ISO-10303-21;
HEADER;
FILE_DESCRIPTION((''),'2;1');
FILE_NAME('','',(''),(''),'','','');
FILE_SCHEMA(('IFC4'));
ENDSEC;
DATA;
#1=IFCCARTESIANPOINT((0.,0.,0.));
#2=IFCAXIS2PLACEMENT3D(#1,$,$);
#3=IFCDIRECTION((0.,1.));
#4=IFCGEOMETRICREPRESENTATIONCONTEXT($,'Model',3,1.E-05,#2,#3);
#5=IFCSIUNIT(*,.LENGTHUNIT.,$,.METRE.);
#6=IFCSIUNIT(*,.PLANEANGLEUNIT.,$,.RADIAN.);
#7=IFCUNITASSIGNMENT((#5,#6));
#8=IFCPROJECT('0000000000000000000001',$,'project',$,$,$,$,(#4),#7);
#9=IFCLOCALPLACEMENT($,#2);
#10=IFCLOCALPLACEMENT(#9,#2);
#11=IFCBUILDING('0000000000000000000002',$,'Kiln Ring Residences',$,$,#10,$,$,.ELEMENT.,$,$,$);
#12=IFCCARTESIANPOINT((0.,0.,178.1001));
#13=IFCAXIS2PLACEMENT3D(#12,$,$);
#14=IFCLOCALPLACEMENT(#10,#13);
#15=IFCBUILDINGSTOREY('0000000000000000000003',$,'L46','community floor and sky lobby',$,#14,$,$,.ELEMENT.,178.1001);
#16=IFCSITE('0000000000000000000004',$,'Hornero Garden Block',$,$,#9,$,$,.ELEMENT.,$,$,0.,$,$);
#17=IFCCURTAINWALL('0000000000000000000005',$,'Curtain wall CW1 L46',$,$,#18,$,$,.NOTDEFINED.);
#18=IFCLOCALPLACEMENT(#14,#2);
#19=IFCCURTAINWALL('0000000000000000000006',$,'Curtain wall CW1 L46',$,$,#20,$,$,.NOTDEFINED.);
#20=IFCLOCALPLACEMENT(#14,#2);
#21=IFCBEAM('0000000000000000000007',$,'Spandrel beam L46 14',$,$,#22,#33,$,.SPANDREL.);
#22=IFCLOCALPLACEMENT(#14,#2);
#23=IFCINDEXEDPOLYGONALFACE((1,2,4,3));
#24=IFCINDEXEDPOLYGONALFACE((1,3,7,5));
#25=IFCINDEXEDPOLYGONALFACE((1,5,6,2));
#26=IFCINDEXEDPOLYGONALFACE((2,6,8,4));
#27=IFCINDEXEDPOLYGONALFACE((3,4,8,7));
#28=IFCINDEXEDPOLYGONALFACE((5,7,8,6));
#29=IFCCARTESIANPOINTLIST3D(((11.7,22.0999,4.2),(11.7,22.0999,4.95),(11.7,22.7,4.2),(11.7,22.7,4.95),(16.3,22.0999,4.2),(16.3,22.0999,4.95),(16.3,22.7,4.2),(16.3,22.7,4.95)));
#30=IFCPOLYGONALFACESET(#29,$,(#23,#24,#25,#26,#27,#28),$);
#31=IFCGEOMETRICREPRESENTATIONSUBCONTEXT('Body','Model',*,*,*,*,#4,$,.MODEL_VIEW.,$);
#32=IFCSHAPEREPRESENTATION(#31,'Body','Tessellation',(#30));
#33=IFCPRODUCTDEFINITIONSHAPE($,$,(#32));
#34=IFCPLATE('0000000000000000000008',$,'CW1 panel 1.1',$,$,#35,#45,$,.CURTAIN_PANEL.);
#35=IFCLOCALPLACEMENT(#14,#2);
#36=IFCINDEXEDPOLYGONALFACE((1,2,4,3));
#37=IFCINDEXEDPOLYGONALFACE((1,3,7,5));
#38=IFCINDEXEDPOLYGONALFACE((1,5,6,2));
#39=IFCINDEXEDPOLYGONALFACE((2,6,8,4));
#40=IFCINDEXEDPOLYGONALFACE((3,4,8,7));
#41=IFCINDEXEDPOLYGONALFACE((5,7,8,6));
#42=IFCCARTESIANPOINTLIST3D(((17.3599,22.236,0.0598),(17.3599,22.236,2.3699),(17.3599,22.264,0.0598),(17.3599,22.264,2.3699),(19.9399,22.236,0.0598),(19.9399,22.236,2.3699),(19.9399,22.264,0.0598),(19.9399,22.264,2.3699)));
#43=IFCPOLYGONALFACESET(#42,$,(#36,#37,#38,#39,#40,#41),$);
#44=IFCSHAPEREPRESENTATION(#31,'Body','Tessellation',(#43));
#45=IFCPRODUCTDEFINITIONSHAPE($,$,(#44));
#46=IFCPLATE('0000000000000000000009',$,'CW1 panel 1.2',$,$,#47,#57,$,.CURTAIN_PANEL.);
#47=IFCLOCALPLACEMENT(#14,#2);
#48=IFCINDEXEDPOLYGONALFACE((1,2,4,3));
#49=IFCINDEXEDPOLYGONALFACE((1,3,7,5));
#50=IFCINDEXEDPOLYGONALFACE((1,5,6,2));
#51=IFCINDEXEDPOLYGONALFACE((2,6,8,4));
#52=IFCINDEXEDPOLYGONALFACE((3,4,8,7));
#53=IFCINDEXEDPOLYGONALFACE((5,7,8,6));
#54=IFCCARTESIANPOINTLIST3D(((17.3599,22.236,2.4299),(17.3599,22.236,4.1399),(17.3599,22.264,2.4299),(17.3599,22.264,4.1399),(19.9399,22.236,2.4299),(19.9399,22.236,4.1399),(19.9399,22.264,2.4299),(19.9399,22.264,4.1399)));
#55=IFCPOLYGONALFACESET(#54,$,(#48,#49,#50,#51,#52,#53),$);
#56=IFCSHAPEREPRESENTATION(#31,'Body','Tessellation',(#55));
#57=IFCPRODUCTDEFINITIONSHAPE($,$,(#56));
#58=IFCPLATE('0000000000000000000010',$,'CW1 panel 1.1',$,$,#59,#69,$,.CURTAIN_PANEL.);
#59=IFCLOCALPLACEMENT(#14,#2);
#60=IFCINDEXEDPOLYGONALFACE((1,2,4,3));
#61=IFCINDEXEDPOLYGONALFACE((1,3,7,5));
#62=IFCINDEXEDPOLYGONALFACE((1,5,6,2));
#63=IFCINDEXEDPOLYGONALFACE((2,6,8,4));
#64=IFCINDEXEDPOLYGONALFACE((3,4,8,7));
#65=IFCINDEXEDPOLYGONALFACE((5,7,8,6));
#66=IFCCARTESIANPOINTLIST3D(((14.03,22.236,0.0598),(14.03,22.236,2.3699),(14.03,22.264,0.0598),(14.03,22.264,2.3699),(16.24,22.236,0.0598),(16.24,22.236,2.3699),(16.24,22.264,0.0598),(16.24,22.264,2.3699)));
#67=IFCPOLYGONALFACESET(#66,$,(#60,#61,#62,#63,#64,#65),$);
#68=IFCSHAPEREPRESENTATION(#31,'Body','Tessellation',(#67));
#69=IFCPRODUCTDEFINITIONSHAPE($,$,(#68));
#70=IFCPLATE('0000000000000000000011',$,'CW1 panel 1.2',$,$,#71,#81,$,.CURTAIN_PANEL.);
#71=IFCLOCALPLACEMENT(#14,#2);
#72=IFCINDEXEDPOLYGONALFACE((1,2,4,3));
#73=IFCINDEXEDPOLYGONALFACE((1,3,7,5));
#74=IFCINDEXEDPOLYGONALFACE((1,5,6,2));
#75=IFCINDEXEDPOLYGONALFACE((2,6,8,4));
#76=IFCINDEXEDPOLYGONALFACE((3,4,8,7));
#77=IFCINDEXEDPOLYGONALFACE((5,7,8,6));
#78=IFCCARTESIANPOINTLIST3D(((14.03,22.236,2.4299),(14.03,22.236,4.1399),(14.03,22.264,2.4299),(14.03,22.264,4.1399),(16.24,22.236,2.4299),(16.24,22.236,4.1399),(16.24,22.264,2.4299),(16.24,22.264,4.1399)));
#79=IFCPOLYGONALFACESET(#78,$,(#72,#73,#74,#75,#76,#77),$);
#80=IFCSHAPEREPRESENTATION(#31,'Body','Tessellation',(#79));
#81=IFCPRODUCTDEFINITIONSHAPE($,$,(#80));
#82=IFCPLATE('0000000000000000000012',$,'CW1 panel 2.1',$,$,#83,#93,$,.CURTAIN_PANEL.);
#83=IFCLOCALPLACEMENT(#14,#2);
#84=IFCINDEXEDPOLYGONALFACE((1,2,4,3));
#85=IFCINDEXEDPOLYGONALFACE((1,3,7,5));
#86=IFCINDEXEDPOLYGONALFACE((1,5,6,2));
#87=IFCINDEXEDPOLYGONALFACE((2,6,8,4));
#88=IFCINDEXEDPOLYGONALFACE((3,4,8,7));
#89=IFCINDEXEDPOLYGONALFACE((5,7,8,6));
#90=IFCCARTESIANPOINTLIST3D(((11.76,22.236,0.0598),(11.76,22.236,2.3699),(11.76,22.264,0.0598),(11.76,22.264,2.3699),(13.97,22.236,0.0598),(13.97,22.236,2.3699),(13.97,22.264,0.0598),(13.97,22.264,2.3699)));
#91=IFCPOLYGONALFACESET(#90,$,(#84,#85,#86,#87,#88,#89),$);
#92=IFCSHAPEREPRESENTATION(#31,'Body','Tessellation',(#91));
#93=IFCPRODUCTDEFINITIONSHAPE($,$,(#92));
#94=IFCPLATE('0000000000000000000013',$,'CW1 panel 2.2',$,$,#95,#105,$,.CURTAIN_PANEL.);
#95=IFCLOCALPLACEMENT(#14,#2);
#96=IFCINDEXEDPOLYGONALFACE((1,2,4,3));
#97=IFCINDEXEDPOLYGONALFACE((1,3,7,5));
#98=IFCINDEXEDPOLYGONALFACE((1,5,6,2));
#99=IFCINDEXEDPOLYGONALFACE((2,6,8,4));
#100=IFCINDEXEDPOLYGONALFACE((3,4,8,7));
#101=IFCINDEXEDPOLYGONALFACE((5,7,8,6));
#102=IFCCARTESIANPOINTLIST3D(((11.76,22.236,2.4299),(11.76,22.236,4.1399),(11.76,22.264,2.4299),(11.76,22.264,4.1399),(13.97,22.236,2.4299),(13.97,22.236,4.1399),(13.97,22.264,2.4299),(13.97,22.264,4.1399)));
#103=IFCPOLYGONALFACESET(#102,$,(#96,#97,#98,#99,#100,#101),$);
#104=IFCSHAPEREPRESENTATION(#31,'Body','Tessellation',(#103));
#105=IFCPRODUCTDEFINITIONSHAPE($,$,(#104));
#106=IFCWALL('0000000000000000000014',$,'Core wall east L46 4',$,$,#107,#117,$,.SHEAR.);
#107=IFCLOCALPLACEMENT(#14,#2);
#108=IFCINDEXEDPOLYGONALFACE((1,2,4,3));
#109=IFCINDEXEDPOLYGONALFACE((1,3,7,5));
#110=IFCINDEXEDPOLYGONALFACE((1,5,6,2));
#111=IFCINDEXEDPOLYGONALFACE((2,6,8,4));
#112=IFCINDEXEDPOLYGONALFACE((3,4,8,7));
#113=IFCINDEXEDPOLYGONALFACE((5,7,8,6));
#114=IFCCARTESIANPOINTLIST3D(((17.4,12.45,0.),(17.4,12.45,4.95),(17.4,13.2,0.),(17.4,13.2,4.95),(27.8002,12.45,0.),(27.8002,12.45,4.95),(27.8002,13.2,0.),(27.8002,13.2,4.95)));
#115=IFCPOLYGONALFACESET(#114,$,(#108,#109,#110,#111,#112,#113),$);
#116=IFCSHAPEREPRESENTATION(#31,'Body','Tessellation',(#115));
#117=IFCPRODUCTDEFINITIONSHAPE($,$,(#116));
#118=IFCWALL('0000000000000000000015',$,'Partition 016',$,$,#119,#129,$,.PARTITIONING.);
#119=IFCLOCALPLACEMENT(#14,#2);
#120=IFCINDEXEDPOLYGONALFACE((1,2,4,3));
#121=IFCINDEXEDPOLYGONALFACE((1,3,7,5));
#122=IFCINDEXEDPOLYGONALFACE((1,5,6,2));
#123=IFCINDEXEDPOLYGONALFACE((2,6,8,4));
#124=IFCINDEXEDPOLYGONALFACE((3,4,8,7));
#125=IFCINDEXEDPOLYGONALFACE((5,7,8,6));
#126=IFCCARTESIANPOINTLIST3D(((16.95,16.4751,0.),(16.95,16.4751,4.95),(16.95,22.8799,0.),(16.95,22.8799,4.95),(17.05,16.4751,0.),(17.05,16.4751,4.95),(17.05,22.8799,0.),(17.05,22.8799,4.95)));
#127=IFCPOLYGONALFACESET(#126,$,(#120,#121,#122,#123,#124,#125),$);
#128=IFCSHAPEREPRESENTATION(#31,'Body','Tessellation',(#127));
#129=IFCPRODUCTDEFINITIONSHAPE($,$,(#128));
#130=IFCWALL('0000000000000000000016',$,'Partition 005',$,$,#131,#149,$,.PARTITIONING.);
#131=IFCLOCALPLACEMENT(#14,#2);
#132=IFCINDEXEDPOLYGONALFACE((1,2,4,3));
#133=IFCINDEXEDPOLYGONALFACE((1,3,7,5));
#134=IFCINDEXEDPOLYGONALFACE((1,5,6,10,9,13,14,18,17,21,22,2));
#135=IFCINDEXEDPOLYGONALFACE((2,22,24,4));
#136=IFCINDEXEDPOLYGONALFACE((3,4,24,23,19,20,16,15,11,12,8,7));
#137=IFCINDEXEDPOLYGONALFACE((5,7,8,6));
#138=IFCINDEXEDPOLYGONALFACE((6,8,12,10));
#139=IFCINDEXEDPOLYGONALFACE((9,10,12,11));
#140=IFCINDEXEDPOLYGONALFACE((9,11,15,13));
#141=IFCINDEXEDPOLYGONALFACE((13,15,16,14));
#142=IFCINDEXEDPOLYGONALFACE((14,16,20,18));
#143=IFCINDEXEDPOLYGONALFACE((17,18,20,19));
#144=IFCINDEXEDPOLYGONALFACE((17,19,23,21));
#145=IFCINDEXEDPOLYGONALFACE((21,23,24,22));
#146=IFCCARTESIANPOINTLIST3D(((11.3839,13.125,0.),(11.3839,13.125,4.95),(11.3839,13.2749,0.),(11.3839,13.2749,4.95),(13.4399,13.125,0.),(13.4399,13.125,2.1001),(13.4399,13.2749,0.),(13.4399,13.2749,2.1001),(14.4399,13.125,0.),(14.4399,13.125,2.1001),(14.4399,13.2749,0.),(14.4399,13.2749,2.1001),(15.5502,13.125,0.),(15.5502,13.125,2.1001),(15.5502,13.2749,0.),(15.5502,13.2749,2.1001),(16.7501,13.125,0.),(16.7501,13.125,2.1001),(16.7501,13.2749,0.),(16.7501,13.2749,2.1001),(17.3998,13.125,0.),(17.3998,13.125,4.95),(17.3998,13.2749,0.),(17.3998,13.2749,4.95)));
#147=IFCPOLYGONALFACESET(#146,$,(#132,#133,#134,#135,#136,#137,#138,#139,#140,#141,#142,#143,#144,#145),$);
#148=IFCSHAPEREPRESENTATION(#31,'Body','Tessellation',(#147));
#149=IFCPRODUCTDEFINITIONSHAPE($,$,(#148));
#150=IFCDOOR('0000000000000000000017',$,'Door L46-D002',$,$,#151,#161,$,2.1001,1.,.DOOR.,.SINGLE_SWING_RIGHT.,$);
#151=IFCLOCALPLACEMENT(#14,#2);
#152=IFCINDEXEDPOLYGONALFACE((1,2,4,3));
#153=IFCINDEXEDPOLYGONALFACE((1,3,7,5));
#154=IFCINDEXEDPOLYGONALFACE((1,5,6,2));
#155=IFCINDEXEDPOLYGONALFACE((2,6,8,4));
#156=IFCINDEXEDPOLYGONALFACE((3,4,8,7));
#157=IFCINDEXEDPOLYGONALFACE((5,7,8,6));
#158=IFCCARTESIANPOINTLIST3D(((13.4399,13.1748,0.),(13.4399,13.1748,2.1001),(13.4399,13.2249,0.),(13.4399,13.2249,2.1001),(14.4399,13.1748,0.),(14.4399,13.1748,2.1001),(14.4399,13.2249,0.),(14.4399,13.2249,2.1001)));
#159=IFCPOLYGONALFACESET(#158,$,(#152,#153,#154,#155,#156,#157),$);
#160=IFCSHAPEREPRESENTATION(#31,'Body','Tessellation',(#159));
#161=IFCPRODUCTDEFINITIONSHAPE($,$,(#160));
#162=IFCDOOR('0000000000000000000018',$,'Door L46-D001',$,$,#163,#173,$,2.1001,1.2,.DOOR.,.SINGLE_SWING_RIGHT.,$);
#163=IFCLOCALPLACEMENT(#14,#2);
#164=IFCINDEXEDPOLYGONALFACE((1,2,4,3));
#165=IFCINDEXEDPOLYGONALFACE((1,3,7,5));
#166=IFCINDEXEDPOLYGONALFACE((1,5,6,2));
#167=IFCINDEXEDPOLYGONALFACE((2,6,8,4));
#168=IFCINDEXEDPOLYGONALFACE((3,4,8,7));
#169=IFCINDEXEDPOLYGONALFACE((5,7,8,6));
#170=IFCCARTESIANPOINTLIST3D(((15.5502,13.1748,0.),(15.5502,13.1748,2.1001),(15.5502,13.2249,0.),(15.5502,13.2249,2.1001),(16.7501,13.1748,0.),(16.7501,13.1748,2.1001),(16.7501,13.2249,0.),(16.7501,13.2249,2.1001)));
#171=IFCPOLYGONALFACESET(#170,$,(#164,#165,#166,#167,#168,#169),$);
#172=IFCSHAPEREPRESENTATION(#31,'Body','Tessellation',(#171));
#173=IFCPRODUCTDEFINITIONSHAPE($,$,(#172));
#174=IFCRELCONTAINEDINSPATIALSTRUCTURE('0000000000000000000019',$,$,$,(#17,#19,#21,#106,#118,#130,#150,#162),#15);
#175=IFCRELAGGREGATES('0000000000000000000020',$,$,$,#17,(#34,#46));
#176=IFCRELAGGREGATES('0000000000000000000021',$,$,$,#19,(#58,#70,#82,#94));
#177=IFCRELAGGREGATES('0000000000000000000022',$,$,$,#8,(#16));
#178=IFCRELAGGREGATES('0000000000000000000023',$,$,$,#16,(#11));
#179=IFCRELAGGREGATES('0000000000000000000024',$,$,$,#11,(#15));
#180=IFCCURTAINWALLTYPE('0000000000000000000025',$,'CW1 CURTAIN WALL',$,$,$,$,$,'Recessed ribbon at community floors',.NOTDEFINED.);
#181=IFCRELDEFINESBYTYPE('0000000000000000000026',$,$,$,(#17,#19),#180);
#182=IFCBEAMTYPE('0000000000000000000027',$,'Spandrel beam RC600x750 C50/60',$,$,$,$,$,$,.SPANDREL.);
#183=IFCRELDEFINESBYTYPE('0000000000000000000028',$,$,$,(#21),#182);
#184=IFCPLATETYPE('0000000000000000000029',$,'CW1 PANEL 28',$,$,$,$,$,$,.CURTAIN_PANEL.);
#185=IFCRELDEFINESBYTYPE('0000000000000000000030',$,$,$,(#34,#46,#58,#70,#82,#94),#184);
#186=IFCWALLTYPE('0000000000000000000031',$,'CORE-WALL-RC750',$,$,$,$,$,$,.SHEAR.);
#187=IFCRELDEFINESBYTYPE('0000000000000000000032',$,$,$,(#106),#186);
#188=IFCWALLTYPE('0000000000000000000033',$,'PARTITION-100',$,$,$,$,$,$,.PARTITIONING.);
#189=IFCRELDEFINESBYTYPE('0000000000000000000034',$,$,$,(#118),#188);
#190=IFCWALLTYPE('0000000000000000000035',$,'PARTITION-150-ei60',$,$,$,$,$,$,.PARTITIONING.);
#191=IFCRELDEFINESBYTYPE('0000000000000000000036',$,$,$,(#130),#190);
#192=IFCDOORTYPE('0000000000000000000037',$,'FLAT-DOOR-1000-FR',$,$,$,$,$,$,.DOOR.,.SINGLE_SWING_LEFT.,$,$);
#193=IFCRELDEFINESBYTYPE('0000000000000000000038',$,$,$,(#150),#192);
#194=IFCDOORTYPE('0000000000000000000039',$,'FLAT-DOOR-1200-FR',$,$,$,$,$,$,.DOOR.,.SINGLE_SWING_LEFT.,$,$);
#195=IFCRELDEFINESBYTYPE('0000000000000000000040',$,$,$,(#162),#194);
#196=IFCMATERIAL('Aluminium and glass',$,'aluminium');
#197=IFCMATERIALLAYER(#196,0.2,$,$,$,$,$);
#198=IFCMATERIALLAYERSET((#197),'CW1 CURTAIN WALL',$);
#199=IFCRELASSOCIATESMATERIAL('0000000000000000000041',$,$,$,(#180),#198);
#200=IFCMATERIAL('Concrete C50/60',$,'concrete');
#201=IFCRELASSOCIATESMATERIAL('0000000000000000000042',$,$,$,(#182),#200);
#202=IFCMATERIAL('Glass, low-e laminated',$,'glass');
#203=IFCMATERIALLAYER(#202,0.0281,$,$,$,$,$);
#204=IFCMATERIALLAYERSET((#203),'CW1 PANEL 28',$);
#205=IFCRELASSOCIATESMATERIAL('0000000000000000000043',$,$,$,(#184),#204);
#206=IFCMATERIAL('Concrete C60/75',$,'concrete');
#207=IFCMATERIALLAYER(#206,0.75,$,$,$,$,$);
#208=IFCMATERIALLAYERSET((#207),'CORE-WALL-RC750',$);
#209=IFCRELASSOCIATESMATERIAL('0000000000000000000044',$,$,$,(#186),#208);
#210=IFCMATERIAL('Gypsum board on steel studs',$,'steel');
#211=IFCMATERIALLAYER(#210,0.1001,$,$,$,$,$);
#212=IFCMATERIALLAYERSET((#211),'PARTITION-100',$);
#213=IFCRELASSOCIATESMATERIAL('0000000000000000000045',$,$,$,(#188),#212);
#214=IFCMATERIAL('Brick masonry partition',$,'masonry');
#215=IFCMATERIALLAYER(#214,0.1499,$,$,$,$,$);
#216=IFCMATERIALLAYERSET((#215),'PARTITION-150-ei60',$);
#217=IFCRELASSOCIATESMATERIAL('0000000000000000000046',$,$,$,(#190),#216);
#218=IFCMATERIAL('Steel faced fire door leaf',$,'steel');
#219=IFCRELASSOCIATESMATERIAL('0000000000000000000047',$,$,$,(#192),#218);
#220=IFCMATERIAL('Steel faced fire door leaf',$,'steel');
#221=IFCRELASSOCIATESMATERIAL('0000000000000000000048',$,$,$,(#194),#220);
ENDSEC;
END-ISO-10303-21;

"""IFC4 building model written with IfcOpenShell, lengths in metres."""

from ifc_helpers import new_model, si_unit, direction, frame, frame_2d, origin, origin_2d, place, context, subcontext, project, spatial, rectangle, extrude, material, layer, layer_set, material_profile, profile_set, type_object, element, fill, aggregate, save


model = new_model("IFC4")

# Units and contexts
model_context = context("Model", 3, precision=1e-05, world=origin(), true_north=direction((0.0, 1.0)))
body_context = subcontext(model_context, "Body", "Model", "MODEL_VIEW")
ifc_project = project(units=[si_unit("LENGTHUNIT", "METRE"), si_unit("PLANEANGLEUNIT", "RADIAN")], contexts=[model_context])

# Site, building, storey
site_placement = place(None, origin())
site = spatial("IfcSite", under=ifc_project, at=site_placement, Name="Hornero Garden Block", CompositionType="ELEMENT", RefElevation=0.0)
building_placement = place(site_placement, origin())
building = spatial("IfcBuilding", under=site, at=building_placement, Name="Kiln Ring Residences", CompositionType="ELEMENT")
storey_placement = place(building_placement, frame((0.0, 0.0, 178.1001)))
storey = spatial("IfcBuildingStorey", under=building, at=storey_placement, Name="L46", Description="community floor and sky lobby", CompositionType="ELEMENT", Elevation=178.1001)

# Curtain wall
ifc_material_1 = material(Name="Aluminium and glass", Category="aluminium")
ifc_layer_1 = layer(ifc_material_1, 0.2)
ifc_layer_set_1 = layer_set([ifc_layer_1], Name="CW1 CURTAIN WALL")
curtain_wall_type = type_object("IfcCurtainWallType", Name="CW1 CURTAIN WALL", ElementType="Recessed ribbon at community floors", PredefinedType="NOTDEFINED", material=ifc_layer_set_1)
placement = place(storey_placement, origin())
curtain_wall_1 = element("IfcCurtainWall", 1, at=placement, inside=storey, type_object=curtain_wall_type, Name="Curtain wall CW1 L46", PredefinedType="NOTDEFINED")

# Curtain wall
curtain_wall_2 = element("IfcCurtainWall", 2, at=placement, inside=storey, type_object=curtain_wall_type, Name="Curtain wall CW1 L46", PredefinedType="NOTDEFINED")

# Beam
ifc_material_2 = material(Name="Concrete C50/60", Category="concrete")
ifc_material_profile_1 = material_profile(ifc_material_2, rectangle(XDim=0.6001, YDim=0.75, at=origin_2d()), Name="RC600x750")
ifc_profile_set_1 = profile_set([ifc_material_profile_1], Name="Concrete C50/60")
beam_type = type_object("IfcBeamType", Name="Spandrel beam RC600x750 C50/60", PredefinedType="SPANDREL", material=ifc_profile_set_1)
beam_placement = place(storey_placement, frame((16.3, 22.3999, 4.575), z_axis=(-1.0, 0.0, 0.0), x_axis=(0.0, -1.0, 0.0)))
element("IfcBeam", 3, at=beam_placement, inside=storey, type_object=beam_type, Name="Spandrel beam L46 14", PredefinedType="SPANDREL", context=body_context, shape_type="SweptSolid", body=[
    extrude(rectangle(XDim=0.6001, YDim=0.75, at=origin_2d()), origin(), (0.0, 0.0, 1.0), 4.6001),
])

# Plates
ifc_material_3 = material(Name="Glass, low-e laminated", Category="glass")
ifc_layer_2 = layer(ifc_material_3, 0.0281)
ifc_layer_set_2 = layer_set([ifc_layer_2], Name="CW1 PANEL 28")
plate_type = type_object("IfcPlateType", Name="CW1 PANEL 28", PredefinedType="CURTAIN_PANEL", material=ifc_layer_set_2)
plate_1_placement = place(storey_placement, frame((18.6499, 22.25, 0.0598), z_axis=(0.0, 0.0, 1.0), x_axis=(-1.0, 0.0, 0.0)))
plate_1 = element("IfcPlate", 4, at=plate_1_placement, type_object=plate_type, Name="CW1 panel 1.1", PredefinedType="CURTAIN_PANEL", context=body_context, shape_type="SweptSolid", body=[
    extrude(rectangle(XDim=2.5801, YDim=0.0281, at=origin_2d()), origin(), (0.0, 0.0, 1.0), 2.3101),
])
plate_2_placement = place(storey_placement, frame((18.6499, 22.25, 2.4299), z_axis=(0.0, 0.0, 1.0), x_axis=(-1.0, 0.0, 0.0)))
plate_2 = element("IfcPlate", 5, at=plate_2_placement, type_object=plate_type, Name="CW1 panel 1.2", PredefinedType="CURTAIN_PANEL", context=body_context, shape_type="SweptSolid", body=[
    extrude(rectangle(XDim=2.5801, YDim=0.0281, at=origin_2d()), origin(), (0.0, 0.0, 1.0), 1.71),
])
aggregate(curtain_wall_1, [plate_1, plate_2])
plate_3_placement = place(storey_placement, frame((15.135, 22.25, 0.0598), z_axis=(0.0, 0.0, 1.0), x_axis=(-1.0, 0.0, 0.0)))
plate_3 = element("IfcPlate", 6, at=plate_3_placement, type_object=plate_type, Name="CW1 panel 1.1", PredefinedType="CURTAIN_PANEL", context=body_context, shape_type="SweptSolid", body=[
    extrude(rectangle(XDim=2.21, YDim=0.0281, at=origin_2d()), origin(), (0.0, 0.0, 1.0), 2.3101),
])
plate_4_placement = place(storey_placement, frame((15.135, 22.25, 2.4299), z_axis=(0.0, 0.0, 1.0), x_axis=(-1.0, 0.0, 0.0)))
plate_4 = element("IfcPlate", 7, at=plate_4_placement, type_object=plate_type, Name="CW1 panel 1.2", PredefinedType="CURTAIN_PANEL", context=body_context, shape_type="SweptSolid", body=[
    extrude(rectangle(XDim=2.21, YDim=0.0281, at=origin_2d()), origin(), (0.0, 0.0, 1.0), 1.71),
])
plate_5_placement = place(storey_placement, frame((12.865, 22.25, 0.0598), z_axis=(0.0, 0.0, 1.0), x_axis=(-1.0, 0.0, 0.0)))
plate_5 = element("IfcPlate", 8, at=plate_5_placement, type_object=plate_type, Name="CW1 panel 2.1", PredefinedType="CURTAIN_PANEL", context=body_context, shape_type="SweptSolid", body=[
    extrude(rectangle(XDim=2.21, YDim=0.0281, at=origin_2d()), origin(), (0.0, 0.0, 1.0), 2.3101),
])
plate_6_placement = place(storey_placement, frame((12.865, 22.25, 2.4299), z_axis=(0.0, 0.0, 1.0), x_axis=(-1.0, 0.0, 0.0)))
plate_6 = element("IfcPlate", 9, at=plate_6_placement, type_object=plate_type, Name="CW1 panel 2.2", PredefinedType="CURTAIN_PANEL", context=body_context, shape_type="SweptSolid", body=[
    extrude(rectangle(XDim=2.21, YDim=0.0281, at=origin_2d()), origin(), (0.0, 0.0, 1.0), 1.71),
])
aggregate(curtain_wall_2, [plate_3, plate_4, plate_5, plate_6])

# Walls
ifc_material_4 = material(Name="Concrete C60/75", Category="concrete")
ifc_layer_3 = layer(ifc_material_4, 0.75)
ifc_layer_set_3 = layer_set([ifc_layer_3], Name="CORE-WALL-RC750")
wall_type_1 = type_object("IfcWallType", Name="CORE-WALL-RC750", PredefinedType="SHEAR", material=ifc_layer_set_3)
wall_1_placement = place(storey_placement, frame((17.3999, 12.825, 0.0), z_axis=(0.0, 0.0, 1.0), x_axis=(1.0, 0.0, 0.0)))
element("IfcWall", 10, at=wall_1_placement, inside=storey, type_object=wall_type_1, Name="Core wall east L46 4", PredefinedType="SHEAR", context=body_context, shape_type="SweptSolid", body=[
    extrude(rectangle(XDim=10.4001, YDim=0.75, at=frame_2d((5.2002, 0.0))), origin(), (0.0, 0.0, 1.0), 4.95),
])
ifc_material_5 = material(Name="Gypsum board on steel studs", Category="steel")
ifc_layer_4 = layer(ifc_material_5, 0.1001)
ifc_layer_set_4 = layer_set([ifc_layer_4], Name="PARTITION-100")
wall_type_2 = type_object("IfcWallType", Name="PARTITION-100", PredefinedType="PARTITIONING", material=ifc_layer_set_4)
wall_2_placement = place(storey_placement, frame((17.0, 16.4751, 0.0), z_axis=(0.0, 0.0, 1.0), x_axis=(0.0, 1.0, 0.0)))
element("IfcWall", 11, at=wall_2_placement, inside=storey, type_object=wall_type_2, Name="Partition 016", PredefinedType="PARTITIONING", context=body_context, shape_type="SweptSolid", body=[
    extrude(rectangle(XDim=6.4048, YDim=0.1001, at=frame_2d((3.2024, 0.0))), origin(), (0.0, 0.0, 1.0), 4.95),
])

# Wall, openings, doors
ifc_material_6 = material(Name="Brick masonry partition", Category="masonry")
ifc_layer_5 = layer(ifc_material_6, 0.1499)
ifc_layer_set_5 = layer_set([ifc_layer_5], Name="PARTITION-150-ei60")
wall_type_3 = type_object("IfcWallType", Name="PARTITION-150-ei60", PredefinedType="PARTITIONING", material=ifc_layer_set_5)
wall_3_placement = place(storey_placement, frame((11.384, 13.2, 0.0), z_axis=(0.0, 0.0, 1.0), x_axis=(1.0, 0.0, 0.0)))
wall_3 = element("IfcWall", 12, at=wall_3_placement, inside=storey, type_object=wall_type_3, Name="Partition 005", PredefinedType="PARTITIONING", context=body_context, shape_type="SweptSolid", body=[
    extrude(rectangle(XDim=6.0159, YDim=0.1499, at=frame_2d((3.0078, 0.0))), origin(), (0.0, 0.0, 1.0), 4.95),
])
opening_1_placement = place(wall_3_placement, frame((4.166, 0.0, 0.0)))
opening_1 = element("IfcOpeningElement", 13, at=opening_1_placement, cuts=wall_3, PredefinedType="OPENING", context=body_context, shape_type="SweptSolid", body=[
    extrude(rectangle(XDim=1.2, YDim=2.1001, at=frame_2d((0.6001, 1.05))), frame((0.0, 0.085, 0.0), z_axis=(0.0, -1.0, 0.0), x_axis=(1.0, 0.0, 0.0)), (0.0, 0.0, 1.0), 0.1699),
])
opening_2_placement = place(wall_3_placement, frame((2.0559, 0.0, 0.0)))
opening_2 = element("IfcOpeningElement", 14, at=opening_2_placement, cuts=wall_3, PredefinedType="OPENING", context=body_context, shape_type="SweptSolid", body=[
    extrude(rectangle(XDim=1.0, YDim=2.1001, at=frame_2d((0.5, 1.05))), frame((0.0, 0.085, 0.0), z_axis=(0.0, -1.0, 0.0), x_axis=(1.0, 0.0, 0.0)), (0.0, 0.0, 1.0), 0.1699),
])
ifc_material_7 = material(Name="Steel faced fire door leaf", Category="steel")
door_type_1 = type_object("IfcDoorType", Name="FLAT-DOOR-1000-FR", OperationType="SINGLE_SWING_LEFT", PredefinedType="DOOR", material=ifc_material_7)
door_1_placement = place(opening_2_placement, origin())
door_1 = element("IfcDoor", 15, at=door_1_placement, inside=storey, type_object=door_type_1, Name="Door L46-D002", OperationType="SINGLE_SWING_RIGHT", OverallHeight=2.1001, OverallWidth=1.0, PredefinedType="DOOR", context=body_context, shape_type="SweptSolid", body=[
    extrude(rectangle(XDim=1.0, YDim=2.1001, at=frame_2d((0.5, 1.05))), frame((0.0, 0.0249, 0.0), z_axis=(0.0, -1.0, 0.0), x_axis=(1.0, 0.0, 0.0)), (0.0, 0.0, 1.0), 0.05),
])
fill(opening_2, door_1)
ifc_material_8 = material(Name="Steel faced fire door leaf", Category="steel")
door_type_2 = type_object("IfcDoorType", Name="FLAT-DOOR-1200-FR", OperationType="SINGLE_SWING_LEFT", PredefinedType="DOOR", material=ifc_material_8)
door_2_placement = place(opening_1_placement, origin())
door_2 = element("IfcDoor", 16, at=door_2_placement, inside=storey, type_object=door_type_2, Name="Door L46-D001", OperationType="SINGLE_SWING_RIGHT", OverallHeight=2.1001, OverallWidth=1.2, PredefinedType="DOOR", context=body_context, shape_type="SweptSolid", body=[
    extrude(rectangle(XDim=1.2, YDim=2.1001, at=frame_2d((0.6001, 1.05))), frame((0.0, 0.0249, 0.0), z_axis=(0.0, -1.0, 0.0), x_axis=(1.0, 0.0, 0.0)), (0.0, 0.0, 1.0), 0.05),
])
fill(opening_1, door_2)

save(model, "model.ifc")
